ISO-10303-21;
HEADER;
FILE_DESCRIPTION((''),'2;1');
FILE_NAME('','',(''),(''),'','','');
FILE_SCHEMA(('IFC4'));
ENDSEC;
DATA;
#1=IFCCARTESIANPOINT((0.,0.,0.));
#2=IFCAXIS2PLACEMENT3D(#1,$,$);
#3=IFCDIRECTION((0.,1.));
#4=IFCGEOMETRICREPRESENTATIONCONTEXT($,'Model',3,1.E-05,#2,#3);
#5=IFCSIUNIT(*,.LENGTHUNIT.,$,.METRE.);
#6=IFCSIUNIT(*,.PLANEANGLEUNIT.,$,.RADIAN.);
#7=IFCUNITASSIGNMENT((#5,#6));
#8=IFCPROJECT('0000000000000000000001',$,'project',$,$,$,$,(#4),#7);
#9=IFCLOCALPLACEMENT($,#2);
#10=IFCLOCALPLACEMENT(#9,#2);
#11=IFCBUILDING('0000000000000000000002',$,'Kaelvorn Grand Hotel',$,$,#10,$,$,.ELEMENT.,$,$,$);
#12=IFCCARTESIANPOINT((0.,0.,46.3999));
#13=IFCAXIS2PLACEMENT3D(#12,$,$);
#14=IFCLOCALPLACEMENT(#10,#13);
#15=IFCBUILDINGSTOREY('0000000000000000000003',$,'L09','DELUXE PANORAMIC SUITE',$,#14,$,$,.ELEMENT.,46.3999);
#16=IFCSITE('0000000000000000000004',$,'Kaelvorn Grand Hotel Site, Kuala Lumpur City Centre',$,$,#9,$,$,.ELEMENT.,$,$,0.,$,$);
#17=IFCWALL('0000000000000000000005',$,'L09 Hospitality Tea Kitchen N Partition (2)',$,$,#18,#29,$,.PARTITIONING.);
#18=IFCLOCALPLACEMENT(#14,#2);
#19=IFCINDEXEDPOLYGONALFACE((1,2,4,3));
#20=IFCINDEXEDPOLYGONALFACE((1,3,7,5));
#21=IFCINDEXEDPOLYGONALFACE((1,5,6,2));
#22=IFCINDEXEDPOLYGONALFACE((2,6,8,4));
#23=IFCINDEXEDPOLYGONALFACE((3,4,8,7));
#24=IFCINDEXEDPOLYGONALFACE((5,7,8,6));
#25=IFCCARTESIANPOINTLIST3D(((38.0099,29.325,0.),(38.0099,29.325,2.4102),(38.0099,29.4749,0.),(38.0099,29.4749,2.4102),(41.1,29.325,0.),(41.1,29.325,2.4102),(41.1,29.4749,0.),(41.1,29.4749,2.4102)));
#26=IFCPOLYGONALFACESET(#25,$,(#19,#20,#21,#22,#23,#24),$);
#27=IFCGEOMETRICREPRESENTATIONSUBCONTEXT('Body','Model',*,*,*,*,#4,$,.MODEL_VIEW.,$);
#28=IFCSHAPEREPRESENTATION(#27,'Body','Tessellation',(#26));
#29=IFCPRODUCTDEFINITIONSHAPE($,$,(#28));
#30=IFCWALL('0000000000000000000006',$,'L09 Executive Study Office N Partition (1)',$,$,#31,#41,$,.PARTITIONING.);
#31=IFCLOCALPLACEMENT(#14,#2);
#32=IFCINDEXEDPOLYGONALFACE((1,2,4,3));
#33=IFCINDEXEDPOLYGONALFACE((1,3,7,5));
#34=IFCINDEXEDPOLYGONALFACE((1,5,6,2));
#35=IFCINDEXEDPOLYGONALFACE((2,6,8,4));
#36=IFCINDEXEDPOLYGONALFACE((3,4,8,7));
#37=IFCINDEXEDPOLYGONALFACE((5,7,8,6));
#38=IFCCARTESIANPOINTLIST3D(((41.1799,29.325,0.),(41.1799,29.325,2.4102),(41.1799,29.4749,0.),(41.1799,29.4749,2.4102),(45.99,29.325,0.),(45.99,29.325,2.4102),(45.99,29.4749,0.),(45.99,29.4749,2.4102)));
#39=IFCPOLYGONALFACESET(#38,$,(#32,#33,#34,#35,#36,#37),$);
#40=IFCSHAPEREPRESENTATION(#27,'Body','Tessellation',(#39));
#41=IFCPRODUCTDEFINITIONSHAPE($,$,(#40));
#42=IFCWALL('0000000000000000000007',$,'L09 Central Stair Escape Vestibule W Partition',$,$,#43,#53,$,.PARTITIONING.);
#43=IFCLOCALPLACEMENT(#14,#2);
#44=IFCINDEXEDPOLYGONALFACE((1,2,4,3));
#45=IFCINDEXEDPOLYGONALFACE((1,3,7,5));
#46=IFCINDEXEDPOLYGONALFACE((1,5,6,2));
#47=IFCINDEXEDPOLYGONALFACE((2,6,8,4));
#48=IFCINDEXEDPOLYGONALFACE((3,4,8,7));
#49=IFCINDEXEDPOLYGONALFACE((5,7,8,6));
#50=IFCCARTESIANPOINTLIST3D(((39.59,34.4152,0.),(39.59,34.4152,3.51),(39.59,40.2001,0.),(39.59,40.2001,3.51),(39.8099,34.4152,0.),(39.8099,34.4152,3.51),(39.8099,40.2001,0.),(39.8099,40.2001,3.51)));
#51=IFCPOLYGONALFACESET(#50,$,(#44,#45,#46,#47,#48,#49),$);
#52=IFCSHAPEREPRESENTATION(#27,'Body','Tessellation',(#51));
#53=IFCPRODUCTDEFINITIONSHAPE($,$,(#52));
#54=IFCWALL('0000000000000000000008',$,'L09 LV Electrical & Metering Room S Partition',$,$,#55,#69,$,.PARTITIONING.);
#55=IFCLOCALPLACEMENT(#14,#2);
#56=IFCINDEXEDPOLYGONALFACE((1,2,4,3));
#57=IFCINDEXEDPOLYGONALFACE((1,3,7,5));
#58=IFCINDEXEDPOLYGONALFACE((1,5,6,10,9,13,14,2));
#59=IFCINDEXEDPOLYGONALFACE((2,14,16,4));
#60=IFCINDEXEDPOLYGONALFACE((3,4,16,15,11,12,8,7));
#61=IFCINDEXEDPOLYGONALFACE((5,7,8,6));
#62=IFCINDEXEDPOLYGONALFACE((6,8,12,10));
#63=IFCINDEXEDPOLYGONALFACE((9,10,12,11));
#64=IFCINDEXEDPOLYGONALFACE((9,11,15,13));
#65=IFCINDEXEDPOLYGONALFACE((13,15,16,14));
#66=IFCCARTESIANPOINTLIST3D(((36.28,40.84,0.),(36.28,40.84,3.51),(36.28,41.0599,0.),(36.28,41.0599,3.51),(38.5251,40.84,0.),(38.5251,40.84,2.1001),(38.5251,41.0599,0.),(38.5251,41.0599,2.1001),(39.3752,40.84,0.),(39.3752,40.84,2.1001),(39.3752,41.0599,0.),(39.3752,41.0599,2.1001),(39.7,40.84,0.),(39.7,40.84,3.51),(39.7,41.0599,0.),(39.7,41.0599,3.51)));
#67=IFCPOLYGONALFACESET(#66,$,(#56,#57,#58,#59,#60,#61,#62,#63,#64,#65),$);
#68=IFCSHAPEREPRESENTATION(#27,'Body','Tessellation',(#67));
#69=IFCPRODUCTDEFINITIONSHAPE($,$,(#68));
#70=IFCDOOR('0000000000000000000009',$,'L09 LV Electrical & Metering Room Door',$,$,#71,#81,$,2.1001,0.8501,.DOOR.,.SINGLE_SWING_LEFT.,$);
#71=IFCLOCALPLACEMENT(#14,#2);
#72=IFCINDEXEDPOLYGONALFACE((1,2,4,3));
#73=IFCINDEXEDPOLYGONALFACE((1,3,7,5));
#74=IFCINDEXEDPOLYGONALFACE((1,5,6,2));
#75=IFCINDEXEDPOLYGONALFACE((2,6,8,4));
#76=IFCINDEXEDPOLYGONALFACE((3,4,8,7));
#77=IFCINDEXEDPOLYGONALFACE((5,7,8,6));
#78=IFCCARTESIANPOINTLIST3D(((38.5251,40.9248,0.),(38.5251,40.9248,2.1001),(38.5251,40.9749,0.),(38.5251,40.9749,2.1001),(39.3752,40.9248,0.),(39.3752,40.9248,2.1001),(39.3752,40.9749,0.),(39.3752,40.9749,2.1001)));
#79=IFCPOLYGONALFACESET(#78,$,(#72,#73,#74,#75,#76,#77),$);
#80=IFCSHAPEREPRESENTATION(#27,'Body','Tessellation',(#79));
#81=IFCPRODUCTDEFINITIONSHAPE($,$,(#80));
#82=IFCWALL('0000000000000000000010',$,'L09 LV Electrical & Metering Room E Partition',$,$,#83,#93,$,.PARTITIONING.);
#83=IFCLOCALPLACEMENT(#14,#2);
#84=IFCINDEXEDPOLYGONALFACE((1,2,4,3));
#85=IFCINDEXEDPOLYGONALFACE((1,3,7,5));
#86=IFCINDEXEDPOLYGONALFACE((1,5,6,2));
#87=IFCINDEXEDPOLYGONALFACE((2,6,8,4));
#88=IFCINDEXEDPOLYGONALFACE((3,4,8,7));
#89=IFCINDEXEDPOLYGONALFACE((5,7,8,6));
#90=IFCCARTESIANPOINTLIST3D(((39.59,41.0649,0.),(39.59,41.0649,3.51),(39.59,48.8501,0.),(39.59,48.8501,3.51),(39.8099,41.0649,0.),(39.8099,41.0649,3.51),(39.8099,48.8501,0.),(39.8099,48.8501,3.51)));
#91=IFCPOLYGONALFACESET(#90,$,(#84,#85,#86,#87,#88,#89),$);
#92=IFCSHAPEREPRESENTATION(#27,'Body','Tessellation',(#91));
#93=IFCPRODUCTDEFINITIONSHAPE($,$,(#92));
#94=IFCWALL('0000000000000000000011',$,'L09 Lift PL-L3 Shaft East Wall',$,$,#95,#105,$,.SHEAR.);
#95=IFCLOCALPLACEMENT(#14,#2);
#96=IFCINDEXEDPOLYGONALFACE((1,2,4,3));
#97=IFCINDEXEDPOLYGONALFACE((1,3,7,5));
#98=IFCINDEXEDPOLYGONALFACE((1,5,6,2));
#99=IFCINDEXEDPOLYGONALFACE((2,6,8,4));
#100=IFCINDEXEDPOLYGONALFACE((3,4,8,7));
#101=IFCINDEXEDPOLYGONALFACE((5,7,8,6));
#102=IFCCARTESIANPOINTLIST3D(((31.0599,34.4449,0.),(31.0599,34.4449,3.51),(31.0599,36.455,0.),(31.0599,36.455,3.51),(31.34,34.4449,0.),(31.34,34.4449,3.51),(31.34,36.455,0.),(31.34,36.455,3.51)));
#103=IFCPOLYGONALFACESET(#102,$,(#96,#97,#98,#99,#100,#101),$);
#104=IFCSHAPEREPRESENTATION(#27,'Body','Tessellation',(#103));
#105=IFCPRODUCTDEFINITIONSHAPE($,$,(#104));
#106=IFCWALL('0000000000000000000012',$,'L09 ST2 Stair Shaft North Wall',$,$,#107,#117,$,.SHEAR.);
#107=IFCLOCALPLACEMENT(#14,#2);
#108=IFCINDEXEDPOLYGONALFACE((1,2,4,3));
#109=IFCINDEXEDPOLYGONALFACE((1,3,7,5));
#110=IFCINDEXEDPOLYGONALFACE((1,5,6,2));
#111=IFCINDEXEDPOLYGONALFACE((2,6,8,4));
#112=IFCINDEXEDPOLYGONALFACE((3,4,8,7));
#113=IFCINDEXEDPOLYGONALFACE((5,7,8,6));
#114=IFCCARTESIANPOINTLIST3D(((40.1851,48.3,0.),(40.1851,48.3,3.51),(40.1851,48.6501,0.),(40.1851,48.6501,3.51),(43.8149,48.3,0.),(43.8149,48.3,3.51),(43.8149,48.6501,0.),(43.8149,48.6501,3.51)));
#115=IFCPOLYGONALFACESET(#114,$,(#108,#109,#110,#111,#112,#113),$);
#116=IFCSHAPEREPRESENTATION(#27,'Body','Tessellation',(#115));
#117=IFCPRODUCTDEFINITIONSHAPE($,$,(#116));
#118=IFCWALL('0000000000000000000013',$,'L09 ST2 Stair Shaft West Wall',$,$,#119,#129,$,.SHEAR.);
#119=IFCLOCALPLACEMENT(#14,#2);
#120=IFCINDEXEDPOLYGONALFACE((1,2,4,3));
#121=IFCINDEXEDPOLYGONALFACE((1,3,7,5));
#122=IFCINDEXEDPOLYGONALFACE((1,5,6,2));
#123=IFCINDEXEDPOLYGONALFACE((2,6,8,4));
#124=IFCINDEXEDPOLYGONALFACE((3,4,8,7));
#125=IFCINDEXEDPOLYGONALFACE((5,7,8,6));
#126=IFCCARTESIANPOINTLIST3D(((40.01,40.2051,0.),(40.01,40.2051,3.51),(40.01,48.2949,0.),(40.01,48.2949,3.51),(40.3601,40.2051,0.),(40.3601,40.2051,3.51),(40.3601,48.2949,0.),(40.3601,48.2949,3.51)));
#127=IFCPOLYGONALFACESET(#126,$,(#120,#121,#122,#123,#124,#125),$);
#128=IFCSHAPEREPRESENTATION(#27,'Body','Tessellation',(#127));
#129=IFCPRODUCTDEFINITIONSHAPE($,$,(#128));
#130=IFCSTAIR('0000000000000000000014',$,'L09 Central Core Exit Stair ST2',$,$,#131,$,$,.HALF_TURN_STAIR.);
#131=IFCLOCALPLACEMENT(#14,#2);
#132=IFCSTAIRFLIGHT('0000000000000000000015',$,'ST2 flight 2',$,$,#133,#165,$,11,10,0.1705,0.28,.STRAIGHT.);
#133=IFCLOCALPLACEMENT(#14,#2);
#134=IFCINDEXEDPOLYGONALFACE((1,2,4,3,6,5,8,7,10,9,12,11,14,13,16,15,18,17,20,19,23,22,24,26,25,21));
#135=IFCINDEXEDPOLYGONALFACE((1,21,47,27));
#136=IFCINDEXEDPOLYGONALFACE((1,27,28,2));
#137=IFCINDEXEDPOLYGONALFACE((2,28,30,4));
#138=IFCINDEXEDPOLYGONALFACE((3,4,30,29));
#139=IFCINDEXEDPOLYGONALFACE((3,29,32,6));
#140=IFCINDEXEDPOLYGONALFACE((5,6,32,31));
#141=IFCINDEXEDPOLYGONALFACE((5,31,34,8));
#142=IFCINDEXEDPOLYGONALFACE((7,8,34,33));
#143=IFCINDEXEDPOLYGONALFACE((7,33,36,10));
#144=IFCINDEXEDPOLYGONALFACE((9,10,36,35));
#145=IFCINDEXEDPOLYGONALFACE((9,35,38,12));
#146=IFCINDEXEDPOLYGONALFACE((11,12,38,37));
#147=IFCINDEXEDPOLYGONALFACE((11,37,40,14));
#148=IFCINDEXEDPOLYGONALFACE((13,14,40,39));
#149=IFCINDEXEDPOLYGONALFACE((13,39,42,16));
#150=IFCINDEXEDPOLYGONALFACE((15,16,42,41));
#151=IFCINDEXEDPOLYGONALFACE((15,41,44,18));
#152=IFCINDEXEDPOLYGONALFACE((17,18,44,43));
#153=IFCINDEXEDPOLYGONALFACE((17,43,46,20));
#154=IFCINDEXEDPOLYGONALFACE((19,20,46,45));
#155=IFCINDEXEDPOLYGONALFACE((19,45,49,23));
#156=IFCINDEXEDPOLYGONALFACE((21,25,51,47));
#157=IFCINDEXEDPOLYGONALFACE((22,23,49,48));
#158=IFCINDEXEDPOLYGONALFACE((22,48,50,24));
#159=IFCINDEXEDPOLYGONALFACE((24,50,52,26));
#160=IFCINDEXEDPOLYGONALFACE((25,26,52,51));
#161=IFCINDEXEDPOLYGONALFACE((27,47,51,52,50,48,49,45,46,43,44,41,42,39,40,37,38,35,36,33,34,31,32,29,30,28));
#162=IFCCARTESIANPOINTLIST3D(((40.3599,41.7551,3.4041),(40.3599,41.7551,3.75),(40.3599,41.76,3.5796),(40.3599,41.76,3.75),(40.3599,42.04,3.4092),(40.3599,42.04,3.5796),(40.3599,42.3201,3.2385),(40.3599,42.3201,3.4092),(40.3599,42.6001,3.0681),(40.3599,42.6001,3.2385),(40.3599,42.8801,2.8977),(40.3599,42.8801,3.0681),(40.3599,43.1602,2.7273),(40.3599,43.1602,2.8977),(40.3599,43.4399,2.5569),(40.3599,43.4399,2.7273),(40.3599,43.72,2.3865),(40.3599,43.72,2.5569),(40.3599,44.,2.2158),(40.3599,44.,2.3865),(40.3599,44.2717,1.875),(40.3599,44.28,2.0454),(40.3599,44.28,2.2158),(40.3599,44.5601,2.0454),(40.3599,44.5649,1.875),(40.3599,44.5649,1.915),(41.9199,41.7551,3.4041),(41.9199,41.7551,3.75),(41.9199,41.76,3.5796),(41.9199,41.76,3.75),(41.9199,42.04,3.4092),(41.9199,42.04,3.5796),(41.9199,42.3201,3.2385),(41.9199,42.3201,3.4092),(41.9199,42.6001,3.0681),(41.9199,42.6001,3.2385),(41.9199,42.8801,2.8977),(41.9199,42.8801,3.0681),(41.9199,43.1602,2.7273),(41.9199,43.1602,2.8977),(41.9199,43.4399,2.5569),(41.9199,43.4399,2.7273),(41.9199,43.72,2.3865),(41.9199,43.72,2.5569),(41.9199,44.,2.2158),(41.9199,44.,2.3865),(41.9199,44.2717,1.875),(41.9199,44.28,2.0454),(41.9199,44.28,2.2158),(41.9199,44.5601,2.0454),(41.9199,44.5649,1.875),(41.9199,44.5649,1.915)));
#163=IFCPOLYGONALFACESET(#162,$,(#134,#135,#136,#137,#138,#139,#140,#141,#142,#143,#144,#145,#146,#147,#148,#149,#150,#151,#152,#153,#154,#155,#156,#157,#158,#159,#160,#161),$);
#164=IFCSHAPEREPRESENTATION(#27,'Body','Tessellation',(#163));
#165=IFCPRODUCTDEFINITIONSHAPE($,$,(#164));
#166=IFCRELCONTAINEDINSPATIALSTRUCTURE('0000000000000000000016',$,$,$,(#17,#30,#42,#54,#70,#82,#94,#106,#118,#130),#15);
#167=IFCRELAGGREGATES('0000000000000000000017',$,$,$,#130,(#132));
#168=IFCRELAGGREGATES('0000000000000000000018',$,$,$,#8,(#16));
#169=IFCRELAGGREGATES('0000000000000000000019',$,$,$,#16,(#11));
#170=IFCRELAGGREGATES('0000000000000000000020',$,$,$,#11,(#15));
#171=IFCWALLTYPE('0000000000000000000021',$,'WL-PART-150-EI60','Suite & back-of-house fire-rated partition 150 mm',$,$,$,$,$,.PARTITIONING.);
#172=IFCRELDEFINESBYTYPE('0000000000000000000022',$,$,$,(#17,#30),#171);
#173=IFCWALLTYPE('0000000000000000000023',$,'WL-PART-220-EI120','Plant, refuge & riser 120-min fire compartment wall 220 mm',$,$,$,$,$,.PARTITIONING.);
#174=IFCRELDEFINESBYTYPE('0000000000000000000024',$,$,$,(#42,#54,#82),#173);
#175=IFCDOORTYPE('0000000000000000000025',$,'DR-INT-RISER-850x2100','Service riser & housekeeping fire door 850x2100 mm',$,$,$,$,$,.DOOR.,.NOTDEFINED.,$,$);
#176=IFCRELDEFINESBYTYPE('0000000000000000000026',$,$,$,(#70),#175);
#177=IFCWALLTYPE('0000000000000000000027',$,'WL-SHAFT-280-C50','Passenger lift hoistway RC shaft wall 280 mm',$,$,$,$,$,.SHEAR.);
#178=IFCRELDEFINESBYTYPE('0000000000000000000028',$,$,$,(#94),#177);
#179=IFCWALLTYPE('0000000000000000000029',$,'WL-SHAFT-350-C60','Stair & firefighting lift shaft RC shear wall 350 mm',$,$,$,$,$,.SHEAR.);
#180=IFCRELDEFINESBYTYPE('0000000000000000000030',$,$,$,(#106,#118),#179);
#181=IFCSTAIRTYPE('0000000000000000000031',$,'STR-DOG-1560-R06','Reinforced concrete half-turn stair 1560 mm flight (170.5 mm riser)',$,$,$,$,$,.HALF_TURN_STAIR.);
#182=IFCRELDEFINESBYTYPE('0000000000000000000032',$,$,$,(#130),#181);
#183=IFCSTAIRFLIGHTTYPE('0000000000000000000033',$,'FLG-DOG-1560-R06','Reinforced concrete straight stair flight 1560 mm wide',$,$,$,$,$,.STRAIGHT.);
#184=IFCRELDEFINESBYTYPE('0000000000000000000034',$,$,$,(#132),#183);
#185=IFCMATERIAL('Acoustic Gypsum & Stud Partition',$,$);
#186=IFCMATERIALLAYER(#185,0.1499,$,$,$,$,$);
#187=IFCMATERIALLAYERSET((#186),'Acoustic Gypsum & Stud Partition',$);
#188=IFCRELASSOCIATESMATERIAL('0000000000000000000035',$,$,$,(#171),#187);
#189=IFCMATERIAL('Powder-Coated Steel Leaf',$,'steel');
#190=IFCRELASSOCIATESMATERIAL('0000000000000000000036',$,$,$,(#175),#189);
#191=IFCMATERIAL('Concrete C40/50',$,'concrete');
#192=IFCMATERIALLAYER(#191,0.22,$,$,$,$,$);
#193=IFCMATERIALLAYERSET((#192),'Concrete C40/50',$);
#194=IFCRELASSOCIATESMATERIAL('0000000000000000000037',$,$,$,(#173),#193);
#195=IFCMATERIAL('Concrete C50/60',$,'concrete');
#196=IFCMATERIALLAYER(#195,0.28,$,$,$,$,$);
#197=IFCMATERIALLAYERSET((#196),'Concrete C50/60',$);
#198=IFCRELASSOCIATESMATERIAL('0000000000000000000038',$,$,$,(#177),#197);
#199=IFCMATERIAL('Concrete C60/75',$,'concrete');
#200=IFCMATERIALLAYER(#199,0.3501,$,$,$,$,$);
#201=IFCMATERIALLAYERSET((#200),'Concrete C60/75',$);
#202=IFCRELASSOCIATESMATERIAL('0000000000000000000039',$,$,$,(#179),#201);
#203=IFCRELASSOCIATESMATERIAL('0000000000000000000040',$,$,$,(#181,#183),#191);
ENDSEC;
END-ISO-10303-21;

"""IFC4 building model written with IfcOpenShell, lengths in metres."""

from ifc_helpers import new_model, si_unit, direction, frame, frame_2d, origin, place, context, subcontext, project, spatial, polyline, rectangle, outline, extrude, material, layer, layer_set, type_object, element, fill, aggregate, save


model = new_model("IFC4")

# Units and contexts
model_context = context("Model", 3, precision=1e-05, world=origin(), true_north=direction((0.0, 1.0)))
body_context = subcontext(model_context, "Body", "Model", "MODEL_VIEW")
ifc_project = project(units=[si_unit("LENGTHUNIT", "METRE"), si_unit("PLANEANGLEUNIT", "RADIAN")], contexts=[model_context])

# Site, building, storey
site_placement = place(None, origin())
site = spatial("IfcSite", under=ifc_project, at=site_placement, Name="Kaelvorn Grand Hotel Site, Kuala Lumpur City Centre", CompositionType="ELEMENT", RefElevation=0.0)
building_placement = place(site_placement, origin())
building = spatial("IfcBuilding", under=site, at=building_placement, Name="Kaelvorn Grand Hotel", CompositionType="ELEMENT")
storey_placement = place(building_placement, frame((0.0, 0.0, 46.3999)))
storey = spatial("IfcBuildingStorey", under=building, at=storey_placement, Name="L09", Description="DELUXE PANORAMIC SUITE", CompositionType="ELEMENT", Elevation=46.3999)

# Shared definitions
ifc_material_1 = material(Name="Concrete C60/75", Category="concrete")

# Shared definitions
ifc_material_2 = material(Name="Acoustic Gypsum & Stud Partition")
ifc_layer_1 = layer(ifc_material_2, 0.1499)
ifc_layer_set_1 = layer_set([ifc_layer_1], Name="Acoustic Gypsum & Stud Partition")
wall_type_1 = type_object("IfcWallType", Name="WL-PART-150-EI60", Description="Suite & back-of-house fire-rated partition 150 mm", PredefinedType="PARTITIONING", material=ifc_layer_set_1)
ifc_material_3 = material(Name="Powder-Coated Steel Leaf", Category="steel")
door_type_1 = type_object("IfcDoorType", Name="DR-INT-RISER-850x2100", Description="Service riser & housekeeping fire door 850x2100 mm", OperationType="NOTDEFINED", PredefinedType="DOOR", material=ifc_material_3)

# Walls
wall_1_placement = place(storey_placement, frame((38.01, 29.3999, 0.0), z_axis=(0.0, 0.0, 1.0), x_axis=(1.0, 0.0, 0.0)))
element("IfcWall", 1, at=wall_1_placement, inside=storey, type_object=wall_type_1, Name="L09 Hospitality Tea Kitchen N Partition (2)", PredefinedType="PARTITIONING", context=body_context, shape_type="SweptSolid", body=[
    extrude(rectangle(XDim=3.0901, YDim=0.1499, at=frame_2d((1.5449, 0.0))), origin(), (0.0, 0.0, 1.0), 2.4102),
])
wall_2_placement = place(storey_placement, frame((41.1799, 29.3999, 0.0), z_axis=(0.0, 0.0, 1.0), x_axis=(1.0, 0.0, 0.0)))
element("IfcWall", 2, at=wall_2_placement, inside=storey, type_object=wall_type_1, Name="L09 Executive Study Office N Partition (1)", PredefinedType="PARTITIONING", context=body_context, shape_type="SweptSolid", body=[
    extrude(rectangle(XDim=4.8101, YDim=0.1499, at=frame_2d((2.405, 0.0))), origin(), (0.0, 0.0, 1.0), 2.4102),
])

# Shared definitions
ifc_material_4 = material(Name="Concrete C40/50", Category="concrete")
ifc_layer_2 = layer(ifc_material_4, 0.22)
ifc_layer_set_2 = layer_set([ifc_layer_2], Name="Concrete C40/50")
wall_type_2 = type_object("IfcWallType", Name="WL-PART-220-EI120", Description="Plant, refuge & riser 120-min fire compartment wall 220 mm", PredefinedType="PARTITIONING", material=ifc_layer_set_2)

# Wall
wall_3_placement = place(storey_placement, frame((39.7, 34.415, 0.0), z_axis=(0.0, 0.0, 1.0), x_axis=(0.0, 1.0, 0.0)))
element("IfcWall", 3, at=wall_3_placement, inside=storey, type_object=wall_type_2, Name="L09 Central Stair Escape Vestibule W Partition", PredefinedType="PARTITIONING", context=body_context, shape_type="SweptSolid", body=[
    extrude(rectangle(XDim=5.7849, YDim=0.22, at=frame_2d((2.8926, 0.0))), origin(), (0.0, 0.0, 1.0), 3.51),
])

# Wall, opening, door
wall_4_placement = place(storey_placement, frame((36.28, 40.95, 0.0), z_axis=(0.0, 0.0, 1.0), x_axis=(1.0, 0.0, 0.0)))
wall_4 = element("IfcWall", 4, at=wall_4_placement, inside=storey, type_object=wall_type_2, Name="L09 LV Electrical & Metering Room S Partition", PredefinedType="PARTITIONING", context=body_context, shape_type="SweptSolid", body=[
    extrude(rectangle(XDim=3.4199, YDim=0.22, at=frame_2d((1.71, 0.0))), origin(), (0.0, 0.0, 1.0), 3.51),
])
opening_1_placement = place(wall_4_placement, frame((2.2451, 0.0, 0.0)))
opening_1 = element("IfcOpeningElement", 5, at=opening_1_placement, cuts=wall_4, PredefinedType="OPENING", context=body_context, shape_type="SweptSolid", body=[
    extrude(rectangle(XDim=0.8501, YDim=2.1001, at=frame_2d((0.425, 1.05))), frame((0.0, 0.1201, 0.0), z_axis=(0.0, -1.0, 0.0), x_axis=(1.0, 0.0, 0.0)), (0.0, 0.0, 1.0), 0.24),
])
door_1_placement = place(opening_1_placement, origin())
door_1 = element("IfcDoor", 6, at=door_1_placement, inside=storey, type_object=door_type_1, Name="L09 LV Electrical & Metering Room Door", OperationType="SINGLE_SWING_LEFT", OverallHeight=2.1001, OverallWidth=0.8501, PredefinedType="DOOR", context=body_context, shape_type="SweptSolid", body=[
    extrude(rectangle(XDim=0.8501, YDim=2.1001, at=frame_2d((0.425, 1.05))), frame((0.0, 0.0249, 0.0), z_axis=(0.0, -1.0, 0.0), x_axis=(1.0, 0.0, 0.0)), (0.0, 0.0, 1.0), 0.05),
])
fill(opening_1, door_1)

# Walls
wall_5_placement = place(storey_placement, frame((39.7, 41.0649, 0.0), z_axis=(0.0, 0.0, 1.0), x_axis=(0.0, 1.0, 0.0)))
element("IfcWall", 7, at=wall_5_placement, inside=storey, type_object=wall_type_2, Name="L09 LV Electrical & Metering Room E Partition", PredefinedType="PARTITIONING", context=body_context, shape_type="SweptSolid", body=[
    extrude(rectangle(XDim=7.7852, YDim=0.22, at=frame_2d((3.8926, 0.0))), origin(), (0.0, 0.0, 1.0), 3.51),
])
ifc_material_5 = material(Name="Concrete C50/60", Category="concrete")
ifc_layer_3 = layer(ifc_material_5, 0.28)
ifc_layer_set_3 = layer_set([ifc_layer_3], Name="Concrete C50/60")
wall_type_3 = type_object("IfcWallType", Name="WL-SHAFT-280-C50", Description="Passenger lift hoistway RC shaft wall 280 mm", PredefinedType="SHEAR", material=ifc_layer_set_3)
wall_6_placement = place(storey_placement, frame((31.2, 34.4451, 0.0), z_axis=(0.0, 0.0, 1.0), x_axis=(0.0, 1.0, 0.0)))
element("IfcWall", 8, at=wall_6_placement, inside=storey, type_object=wall_type_3, Name="L09 Lift PL-L3 Shaft East Wall", PredefinedType="SHEAR", context=body_context, shape_type="SweptSolid", body=[
    extrude(rectangle(XDim=2.01, YDim=0.28, at=frame_2d((1.0049, 0.0))), origin(), (0.0, 0.0, 1.0), 3.51),
])

# Shared definitions
ifc_layer_4 = layer(ifc_material_1, 0.3501)
ifc_layer_set_4 = layer_set([ifc_layer_4], Name="Concrete C60/75")
wall_type_4 = type_object("IfcWallType", Name="WL-SHAFT-350-C60", Description="Stair & firefighting lift shaft RC shear wall 350 mm", PredefinedType="SHEAR", material=ifc_layer_set_4)

# Walls
wall_7_placement = place(storey_placement, frame((40.1851, 48.4751, 0.0), z_axis=(0.0, 0.0, 1.0), x_axis=(1.0, 0.0, 0.0)))
element("IfcWall", 9, at=wall_7_placement, inside=storey, type_object=wall_type_4, Name="L09 ST2 Stair Shaft North Wall", PredefinedType="SHEAR", context=body_context, shape_type="SweptSolid", body=[
    extrude(rectangle(XDim=3.6299, YDim=0.3501, at=frame_2d((1.8149, 0.0))), origin(), (0.0, 0.0, 1.0), 3.51),
])
wall_8_placement = place(storey_placement, frame((40.1851, 40.2051, 0.0), z_axis=(0.0, 0.0, 1.0), x_axis=(0.0, 1.0, 0.0)))
element("IfcWall", 10, at=wall_8_placement, inside=storey, type_object=wall_type_4, Name="L09 ST2 Stair Shaft West Wall", PredefinedType="SHEAR", context=body_context, shape_type="SweptSolid", body=[
    extrude(rectangle(XDim=8.0898, YDim=0.3501, at=frame_2d((4.0449, 0.0))), origin(), (0.0, 0.0, 1.0), 3.51),
])

# Stair, stair flight
stair_type = type_object("IfcStairType", Name="STR-DOG-1560-R06", Description="Reinforced concrete half-turn stair 1560 mm flight (170.5 mm riser)", PredefinedType="HALF_TURN_STAIR", material=ifc_material_4)
stair_placement = place(storey_placement, origin())
stair = element("IfcStair", 11, at=stair_placement, inside=storey, type_object=stair_type, Name="L09 Central Core Exit Stair ST2", PredefinedType="HALF_TURN_STAIR")
stair_flight_type = type_object("IfcStairFlightType", Name="FLG-DOG-1560-R06", Description="Reinforced concrete straight stair flight 1560 mm wide", PredefinedType="STRAIGHT", material=ifc_material_4)
stair_flight_placement = place(storey_placement, frame((41.1399, 44.5601, 1.875), z_axis=(0.0, 0.0, 1.0), x_axis=(0.0, -1.0, 0.0)))
stair_flight = element("IfcStairFlight", 12, at=stair_flight_placement, type_object=stair_flight_type, Name="ST2 flight 2", NumberOfRisers=11, NumberOfTreads=10, PredefinedType="STRAIGHT", RiserHeight=0.1705, TreadLength=0.28, context=body_context, shape_type="SweptSolid", body=[
    extrude(outline(polyline([(-0.0049, 0.0), (-0.0049, 0.04), (0.0, 0.1704), (0.28, 0.1704), (0.28, 0.3408), (0.5601, 0.3408), (0.5601, 0.5115), (0.8401, 0.5115), (0.8401, 0.6819), (1.1201, 0.6819), (1.1201, 0.8523), (1.3999, 0.8523), (1.3999, 1.0227), (1.6799, 1.0227), (1.6799, 1.1931), (1.96, 1.1931), (1.96, 1.3635), (2.24, 1.3635), (2.24, 1.5342), (2.52, 1.5342), (2.52, 1.7046), (2.8, 1.7046), (2.8, 1.875), (2.8049, 1.875), (2.8049, 1.5291), (0.2883, 0.0), (-0.0049, 0.0)])), frame((0.0, 0.78, 0.0), z_axis=(0.0, -1.0, 0.0), x_axis=(1.0, 0.0, 0.0)), (0.0, 0.0, 1.0), 1.5601),
])
aggregate(stair, [stair_flight])

save(model, "model.ifc")
